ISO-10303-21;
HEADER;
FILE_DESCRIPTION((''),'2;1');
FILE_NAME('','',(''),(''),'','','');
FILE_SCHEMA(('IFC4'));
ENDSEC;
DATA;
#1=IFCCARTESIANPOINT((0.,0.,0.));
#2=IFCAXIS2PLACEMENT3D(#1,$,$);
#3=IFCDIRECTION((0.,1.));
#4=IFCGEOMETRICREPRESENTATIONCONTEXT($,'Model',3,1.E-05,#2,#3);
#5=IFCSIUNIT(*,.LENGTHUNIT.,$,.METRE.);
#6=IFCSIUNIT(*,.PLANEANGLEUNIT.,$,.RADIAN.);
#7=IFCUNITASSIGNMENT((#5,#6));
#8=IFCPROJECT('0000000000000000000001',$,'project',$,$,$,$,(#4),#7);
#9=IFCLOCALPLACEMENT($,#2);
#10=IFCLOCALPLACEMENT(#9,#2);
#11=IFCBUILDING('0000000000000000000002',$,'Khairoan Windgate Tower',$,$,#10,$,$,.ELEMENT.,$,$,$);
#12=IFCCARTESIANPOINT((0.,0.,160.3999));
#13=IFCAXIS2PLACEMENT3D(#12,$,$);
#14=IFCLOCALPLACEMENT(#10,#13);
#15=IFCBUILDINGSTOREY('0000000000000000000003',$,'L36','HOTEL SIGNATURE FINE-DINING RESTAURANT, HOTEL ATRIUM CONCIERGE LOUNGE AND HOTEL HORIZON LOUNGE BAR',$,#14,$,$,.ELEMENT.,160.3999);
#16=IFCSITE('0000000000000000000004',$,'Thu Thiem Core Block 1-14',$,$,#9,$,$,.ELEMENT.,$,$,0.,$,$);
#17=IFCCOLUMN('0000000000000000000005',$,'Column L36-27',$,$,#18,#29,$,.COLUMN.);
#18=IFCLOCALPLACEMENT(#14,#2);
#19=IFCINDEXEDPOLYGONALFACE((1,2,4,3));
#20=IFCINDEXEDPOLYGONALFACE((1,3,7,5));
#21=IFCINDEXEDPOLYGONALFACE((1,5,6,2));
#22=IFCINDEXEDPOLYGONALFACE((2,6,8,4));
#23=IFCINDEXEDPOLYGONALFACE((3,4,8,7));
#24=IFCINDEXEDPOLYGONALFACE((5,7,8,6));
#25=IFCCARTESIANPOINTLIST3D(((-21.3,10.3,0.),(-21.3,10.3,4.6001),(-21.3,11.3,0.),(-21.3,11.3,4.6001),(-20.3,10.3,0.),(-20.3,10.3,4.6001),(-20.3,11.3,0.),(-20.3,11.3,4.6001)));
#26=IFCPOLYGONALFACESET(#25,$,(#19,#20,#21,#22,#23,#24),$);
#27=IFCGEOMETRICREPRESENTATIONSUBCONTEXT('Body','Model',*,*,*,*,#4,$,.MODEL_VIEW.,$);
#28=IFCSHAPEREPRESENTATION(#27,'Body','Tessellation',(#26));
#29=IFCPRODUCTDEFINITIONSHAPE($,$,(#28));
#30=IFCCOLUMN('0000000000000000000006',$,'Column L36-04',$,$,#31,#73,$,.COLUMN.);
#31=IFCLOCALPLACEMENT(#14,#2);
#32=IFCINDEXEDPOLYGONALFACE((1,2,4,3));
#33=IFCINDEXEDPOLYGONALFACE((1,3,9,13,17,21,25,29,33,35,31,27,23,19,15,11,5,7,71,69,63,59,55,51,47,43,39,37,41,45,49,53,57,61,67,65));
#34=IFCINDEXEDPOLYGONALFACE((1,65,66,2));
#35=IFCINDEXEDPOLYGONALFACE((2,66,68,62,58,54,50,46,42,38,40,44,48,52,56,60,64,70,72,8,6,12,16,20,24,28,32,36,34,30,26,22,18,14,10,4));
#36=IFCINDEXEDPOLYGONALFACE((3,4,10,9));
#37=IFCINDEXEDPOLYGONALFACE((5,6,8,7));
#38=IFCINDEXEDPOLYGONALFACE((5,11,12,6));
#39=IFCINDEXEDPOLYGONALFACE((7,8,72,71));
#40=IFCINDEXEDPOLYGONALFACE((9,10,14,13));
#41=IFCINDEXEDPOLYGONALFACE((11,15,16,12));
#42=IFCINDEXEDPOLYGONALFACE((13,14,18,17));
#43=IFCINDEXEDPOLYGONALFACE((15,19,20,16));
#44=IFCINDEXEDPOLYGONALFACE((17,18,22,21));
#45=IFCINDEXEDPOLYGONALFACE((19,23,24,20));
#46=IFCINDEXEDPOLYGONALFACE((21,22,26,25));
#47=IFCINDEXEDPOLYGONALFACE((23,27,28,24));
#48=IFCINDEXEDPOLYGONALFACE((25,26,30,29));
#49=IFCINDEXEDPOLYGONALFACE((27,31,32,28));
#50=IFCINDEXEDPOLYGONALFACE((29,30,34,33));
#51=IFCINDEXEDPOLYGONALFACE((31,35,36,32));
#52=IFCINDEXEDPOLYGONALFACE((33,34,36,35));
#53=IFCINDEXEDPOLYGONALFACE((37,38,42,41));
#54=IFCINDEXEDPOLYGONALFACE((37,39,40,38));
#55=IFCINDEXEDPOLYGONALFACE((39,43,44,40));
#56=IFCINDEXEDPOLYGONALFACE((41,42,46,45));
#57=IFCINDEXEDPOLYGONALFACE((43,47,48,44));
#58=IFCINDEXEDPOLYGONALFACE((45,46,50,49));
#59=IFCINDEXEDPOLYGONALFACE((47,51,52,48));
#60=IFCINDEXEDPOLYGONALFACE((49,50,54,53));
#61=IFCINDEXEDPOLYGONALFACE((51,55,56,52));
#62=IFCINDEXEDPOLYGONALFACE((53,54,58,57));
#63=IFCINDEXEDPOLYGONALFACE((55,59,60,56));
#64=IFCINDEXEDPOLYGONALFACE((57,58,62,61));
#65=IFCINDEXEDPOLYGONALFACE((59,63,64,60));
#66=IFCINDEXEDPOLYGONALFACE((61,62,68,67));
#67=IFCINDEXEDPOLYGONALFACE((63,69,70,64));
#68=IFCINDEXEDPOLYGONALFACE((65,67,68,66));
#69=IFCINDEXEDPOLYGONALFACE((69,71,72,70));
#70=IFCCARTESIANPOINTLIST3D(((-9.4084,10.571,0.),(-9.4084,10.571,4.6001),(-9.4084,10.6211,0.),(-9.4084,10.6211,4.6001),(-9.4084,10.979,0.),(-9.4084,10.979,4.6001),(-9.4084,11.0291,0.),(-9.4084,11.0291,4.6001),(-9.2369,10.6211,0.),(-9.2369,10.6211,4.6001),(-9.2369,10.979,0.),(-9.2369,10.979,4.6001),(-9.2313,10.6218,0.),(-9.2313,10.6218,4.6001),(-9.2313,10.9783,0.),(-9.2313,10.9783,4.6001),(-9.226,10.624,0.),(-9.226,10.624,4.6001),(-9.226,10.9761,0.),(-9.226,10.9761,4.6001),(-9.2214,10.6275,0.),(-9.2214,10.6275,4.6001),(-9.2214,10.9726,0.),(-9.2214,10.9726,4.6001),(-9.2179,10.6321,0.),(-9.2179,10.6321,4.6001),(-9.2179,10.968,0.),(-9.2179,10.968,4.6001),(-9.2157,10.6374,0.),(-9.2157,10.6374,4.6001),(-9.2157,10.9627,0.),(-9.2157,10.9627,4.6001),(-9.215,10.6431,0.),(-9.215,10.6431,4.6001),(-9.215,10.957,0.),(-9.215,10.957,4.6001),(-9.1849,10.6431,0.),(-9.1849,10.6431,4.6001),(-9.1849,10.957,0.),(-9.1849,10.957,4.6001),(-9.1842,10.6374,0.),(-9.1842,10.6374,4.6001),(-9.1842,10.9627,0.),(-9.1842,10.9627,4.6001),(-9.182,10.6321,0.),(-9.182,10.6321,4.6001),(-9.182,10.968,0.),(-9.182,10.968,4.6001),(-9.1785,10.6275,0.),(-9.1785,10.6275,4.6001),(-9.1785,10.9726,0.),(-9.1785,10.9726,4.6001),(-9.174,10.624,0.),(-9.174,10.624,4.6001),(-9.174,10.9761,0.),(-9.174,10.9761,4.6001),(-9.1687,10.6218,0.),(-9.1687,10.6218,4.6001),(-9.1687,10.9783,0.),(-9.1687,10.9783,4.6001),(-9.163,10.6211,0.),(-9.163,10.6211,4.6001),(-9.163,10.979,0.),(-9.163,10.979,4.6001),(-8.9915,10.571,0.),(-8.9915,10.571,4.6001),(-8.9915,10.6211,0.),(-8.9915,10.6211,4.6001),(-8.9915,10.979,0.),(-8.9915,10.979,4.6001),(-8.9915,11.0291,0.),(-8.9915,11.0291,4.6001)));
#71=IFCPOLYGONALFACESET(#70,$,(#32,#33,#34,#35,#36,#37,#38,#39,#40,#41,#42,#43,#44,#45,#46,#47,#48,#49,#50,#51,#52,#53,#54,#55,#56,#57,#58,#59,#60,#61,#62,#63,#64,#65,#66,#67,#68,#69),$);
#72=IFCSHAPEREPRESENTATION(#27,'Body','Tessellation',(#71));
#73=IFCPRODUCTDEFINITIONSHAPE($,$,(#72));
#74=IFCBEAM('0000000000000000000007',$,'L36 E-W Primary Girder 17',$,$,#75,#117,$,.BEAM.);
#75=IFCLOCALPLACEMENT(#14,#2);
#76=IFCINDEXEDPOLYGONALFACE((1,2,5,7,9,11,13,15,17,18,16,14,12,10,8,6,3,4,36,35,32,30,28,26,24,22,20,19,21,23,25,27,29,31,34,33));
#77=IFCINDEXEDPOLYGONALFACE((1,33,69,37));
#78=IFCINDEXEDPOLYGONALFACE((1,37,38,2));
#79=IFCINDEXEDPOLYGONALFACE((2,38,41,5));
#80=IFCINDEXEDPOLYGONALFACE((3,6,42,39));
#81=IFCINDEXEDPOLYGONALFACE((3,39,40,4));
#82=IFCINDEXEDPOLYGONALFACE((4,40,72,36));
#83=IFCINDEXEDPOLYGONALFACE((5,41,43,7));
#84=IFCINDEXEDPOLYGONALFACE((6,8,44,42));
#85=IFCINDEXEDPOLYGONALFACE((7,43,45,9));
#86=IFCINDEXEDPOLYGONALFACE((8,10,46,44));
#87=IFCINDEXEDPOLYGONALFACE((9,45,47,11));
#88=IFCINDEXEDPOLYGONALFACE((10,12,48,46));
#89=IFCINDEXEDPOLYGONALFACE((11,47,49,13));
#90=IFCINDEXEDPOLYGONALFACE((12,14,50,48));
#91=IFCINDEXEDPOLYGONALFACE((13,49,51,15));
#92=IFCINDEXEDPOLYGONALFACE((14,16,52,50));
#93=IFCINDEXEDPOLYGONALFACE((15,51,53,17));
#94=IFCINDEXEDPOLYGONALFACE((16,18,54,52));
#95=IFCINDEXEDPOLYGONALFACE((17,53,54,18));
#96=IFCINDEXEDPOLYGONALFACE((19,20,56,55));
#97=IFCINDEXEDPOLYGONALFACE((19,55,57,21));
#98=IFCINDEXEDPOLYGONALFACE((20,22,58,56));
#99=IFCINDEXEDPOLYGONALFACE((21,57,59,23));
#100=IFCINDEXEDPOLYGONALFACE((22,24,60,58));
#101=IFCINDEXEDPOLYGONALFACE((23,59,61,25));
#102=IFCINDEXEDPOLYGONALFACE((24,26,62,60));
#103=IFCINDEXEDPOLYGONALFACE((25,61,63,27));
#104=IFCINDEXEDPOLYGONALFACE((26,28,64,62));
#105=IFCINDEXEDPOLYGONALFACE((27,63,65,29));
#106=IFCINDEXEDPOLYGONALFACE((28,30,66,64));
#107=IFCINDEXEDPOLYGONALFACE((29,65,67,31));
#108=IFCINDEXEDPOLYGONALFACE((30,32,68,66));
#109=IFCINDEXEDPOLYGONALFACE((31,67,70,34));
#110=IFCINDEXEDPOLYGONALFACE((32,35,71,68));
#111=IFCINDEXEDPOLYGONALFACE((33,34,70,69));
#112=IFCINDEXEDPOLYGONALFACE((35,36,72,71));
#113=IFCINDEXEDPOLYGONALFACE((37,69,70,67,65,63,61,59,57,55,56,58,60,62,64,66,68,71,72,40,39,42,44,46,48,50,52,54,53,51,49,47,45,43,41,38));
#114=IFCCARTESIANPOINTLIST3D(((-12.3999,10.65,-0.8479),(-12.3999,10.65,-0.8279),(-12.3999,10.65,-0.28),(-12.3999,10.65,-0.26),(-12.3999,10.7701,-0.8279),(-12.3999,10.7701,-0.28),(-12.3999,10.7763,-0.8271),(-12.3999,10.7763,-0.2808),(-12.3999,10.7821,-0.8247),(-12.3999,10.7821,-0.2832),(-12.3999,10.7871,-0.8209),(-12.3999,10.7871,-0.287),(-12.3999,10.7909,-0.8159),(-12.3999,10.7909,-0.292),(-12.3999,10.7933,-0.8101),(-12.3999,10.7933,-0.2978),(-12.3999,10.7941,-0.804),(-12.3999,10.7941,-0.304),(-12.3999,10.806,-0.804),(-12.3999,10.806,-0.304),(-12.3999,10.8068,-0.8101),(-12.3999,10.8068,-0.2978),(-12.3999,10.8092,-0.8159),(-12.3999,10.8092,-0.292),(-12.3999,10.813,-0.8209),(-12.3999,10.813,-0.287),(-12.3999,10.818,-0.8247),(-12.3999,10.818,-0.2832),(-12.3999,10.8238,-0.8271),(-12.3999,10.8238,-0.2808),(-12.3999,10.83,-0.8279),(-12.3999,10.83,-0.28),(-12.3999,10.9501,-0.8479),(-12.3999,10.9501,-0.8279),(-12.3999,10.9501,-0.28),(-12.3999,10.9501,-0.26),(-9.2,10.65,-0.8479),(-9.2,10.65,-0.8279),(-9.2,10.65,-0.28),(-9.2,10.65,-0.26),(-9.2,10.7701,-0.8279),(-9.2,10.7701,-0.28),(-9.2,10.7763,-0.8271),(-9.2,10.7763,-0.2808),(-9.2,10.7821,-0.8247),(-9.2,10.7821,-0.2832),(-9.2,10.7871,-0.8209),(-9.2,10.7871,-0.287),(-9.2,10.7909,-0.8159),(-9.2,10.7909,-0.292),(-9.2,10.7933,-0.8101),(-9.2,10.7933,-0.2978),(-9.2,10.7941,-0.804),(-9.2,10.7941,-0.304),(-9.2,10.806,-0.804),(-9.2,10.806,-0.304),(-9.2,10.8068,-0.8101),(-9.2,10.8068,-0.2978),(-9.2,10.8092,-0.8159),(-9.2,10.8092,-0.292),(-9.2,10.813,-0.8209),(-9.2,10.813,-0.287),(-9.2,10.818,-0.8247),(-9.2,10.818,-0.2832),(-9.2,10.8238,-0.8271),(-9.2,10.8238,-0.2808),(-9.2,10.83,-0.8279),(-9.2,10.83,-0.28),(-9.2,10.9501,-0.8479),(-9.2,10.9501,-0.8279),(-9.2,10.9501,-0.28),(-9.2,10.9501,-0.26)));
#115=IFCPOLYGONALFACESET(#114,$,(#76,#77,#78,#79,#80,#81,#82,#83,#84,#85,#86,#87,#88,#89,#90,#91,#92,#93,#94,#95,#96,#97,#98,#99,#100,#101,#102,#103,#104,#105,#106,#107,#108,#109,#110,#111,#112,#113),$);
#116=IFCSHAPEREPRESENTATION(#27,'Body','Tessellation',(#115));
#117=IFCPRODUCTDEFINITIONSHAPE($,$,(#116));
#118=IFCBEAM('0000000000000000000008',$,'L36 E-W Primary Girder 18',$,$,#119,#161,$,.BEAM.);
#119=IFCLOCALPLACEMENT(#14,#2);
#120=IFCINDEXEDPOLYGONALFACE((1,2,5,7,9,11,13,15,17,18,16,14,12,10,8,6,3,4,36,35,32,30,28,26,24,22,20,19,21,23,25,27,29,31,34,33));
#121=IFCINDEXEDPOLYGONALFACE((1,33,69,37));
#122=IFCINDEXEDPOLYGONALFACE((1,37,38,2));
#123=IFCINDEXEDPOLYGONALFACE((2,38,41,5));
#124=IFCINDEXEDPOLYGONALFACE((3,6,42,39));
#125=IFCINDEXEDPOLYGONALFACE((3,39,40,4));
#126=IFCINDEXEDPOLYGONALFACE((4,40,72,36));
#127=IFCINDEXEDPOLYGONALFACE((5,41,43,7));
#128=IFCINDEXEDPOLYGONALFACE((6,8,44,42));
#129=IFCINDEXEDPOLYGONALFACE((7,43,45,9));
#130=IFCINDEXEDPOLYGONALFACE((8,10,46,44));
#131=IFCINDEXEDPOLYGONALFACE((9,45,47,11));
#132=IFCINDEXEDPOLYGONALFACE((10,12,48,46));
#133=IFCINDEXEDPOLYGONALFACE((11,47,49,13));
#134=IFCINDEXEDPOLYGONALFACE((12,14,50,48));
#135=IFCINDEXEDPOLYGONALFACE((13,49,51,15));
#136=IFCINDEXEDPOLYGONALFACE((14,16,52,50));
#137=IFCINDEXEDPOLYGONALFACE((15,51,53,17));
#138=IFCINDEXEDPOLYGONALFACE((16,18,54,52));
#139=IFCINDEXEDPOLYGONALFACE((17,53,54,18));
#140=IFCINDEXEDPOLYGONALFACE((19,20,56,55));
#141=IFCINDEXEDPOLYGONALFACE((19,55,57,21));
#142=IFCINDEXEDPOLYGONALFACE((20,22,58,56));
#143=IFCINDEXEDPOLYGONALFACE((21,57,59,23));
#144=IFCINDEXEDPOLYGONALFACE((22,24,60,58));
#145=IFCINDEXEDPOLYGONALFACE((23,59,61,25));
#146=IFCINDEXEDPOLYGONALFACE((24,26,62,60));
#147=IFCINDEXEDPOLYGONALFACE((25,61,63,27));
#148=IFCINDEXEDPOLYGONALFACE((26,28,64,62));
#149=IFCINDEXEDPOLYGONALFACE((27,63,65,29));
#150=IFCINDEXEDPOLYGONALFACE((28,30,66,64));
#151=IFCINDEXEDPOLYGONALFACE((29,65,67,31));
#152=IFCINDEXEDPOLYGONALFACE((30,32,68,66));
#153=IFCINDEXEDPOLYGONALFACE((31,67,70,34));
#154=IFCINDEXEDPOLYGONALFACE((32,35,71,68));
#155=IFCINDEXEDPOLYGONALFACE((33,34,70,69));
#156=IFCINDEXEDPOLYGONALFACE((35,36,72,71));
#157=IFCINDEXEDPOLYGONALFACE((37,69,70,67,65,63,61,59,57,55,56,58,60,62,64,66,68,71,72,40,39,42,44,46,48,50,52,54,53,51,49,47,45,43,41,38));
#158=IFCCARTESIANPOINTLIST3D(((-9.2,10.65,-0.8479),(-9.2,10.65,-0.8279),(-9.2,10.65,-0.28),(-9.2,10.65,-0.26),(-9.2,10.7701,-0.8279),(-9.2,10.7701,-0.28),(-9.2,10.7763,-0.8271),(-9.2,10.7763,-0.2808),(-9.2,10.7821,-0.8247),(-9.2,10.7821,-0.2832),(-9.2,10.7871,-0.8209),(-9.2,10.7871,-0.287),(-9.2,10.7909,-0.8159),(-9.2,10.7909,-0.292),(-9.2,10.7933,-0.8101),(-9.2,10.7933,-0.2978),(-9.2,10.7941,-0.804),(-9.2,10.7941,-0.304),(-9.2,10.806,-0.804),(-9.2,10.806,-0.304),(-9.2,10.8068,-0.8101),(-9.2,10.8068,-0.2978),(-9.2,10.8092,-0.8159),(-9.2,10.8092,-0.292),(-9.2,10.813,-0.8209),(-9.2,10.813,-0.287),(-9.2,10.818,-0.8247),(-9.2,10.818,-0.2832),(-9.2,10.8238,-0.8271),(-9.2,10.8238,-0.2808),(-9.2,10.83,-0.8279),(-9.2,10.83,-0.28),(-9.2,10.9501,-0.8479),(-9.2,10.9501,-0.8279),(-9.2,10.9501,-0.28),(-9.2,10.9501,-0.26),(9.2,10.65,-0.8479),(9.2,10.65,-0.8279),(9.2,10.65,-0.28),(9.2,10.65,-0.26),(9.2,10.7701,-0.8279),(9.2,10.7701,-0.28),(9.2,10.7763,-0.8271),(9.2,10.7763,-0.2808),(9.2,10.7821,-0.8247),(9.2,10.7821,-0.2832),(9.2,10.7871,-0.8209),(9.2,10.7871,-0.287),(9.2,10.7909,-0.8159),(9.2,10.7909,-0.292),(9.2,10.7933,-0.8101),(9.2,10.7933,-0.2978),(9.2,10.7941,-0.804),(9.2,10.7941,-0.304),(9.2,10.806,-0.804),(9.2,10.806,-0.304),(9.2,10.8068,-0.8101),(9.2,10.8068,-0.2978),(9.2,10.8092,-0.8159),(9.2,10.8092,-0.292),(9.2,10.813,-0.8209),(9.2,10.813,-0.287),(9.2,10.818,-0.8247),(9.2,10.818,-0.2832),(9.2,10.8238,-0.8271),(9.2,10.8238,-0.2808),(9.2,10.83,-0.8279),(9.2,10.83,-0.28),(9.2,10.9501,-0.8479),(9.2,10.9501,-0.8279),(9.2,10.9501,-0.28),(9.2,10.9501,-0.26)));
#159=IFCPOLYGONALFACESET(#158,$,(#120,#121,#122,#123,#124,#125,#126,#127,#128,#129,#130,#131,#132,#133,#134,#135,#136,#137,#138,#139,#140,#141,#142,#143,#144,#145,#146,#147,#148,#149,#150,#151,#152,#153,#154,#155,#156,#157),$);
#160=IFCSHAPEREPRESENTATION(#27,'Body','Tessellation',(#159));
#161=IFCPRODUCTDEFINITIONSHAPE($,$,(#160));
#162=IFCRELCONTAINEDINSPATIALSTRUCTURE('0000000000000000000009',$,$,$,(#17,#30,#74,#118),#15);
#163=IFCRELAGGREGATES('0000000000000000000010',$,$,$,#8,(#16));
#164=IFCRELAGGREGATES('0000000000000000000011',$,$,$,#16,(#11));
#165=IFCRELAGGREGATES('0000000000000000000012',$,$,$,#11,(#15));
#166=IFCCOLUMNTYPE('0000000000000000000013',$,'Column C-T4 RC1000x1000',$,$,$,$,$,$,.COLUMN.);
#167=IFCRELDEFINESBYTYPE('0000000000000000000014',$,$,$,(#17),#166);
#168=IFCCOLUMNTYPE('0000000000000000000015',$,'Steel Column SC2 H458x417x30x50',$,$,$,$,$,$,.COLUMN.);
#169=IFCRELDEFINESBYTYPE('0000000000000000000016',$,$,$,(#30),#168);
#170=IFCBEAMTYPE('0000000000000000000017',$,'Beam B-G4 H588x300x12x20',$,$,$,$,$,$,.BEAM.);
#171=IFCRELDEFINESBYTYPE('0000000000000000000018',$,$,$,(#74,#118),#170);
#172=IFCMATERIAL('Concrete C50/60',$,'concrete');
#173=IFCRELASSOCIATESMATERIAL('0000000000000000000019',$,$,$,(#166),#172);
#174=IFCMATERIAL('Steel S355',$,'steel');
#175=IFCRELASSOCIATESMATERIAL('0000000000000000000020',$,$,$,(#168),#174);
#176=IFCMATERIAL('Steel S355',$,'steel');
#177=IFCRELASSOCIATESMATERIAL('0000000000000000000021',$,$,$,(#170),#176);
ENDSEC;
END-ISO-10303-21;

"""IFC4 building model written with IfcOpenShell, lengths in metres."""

from ifc_helpers import new_model, si_unit, direction, frame, origin, origin_2d, place, context, subcontext, project, spatial, rectangle, i_section, extrude, material, material_profile, profile_set, type_object, element, save


model = new_model("IFC4")

# Units and contexts
model_context = context("Model", 3, precision=1e-05, world=origin(), true_north=direction((0.0, 1.0)))
body_context = subcontext(model_context, "Body", "Model", "MODEL_VIEW")
ifc_project = project(units=[si_unit("LENGTHUNIT", "METRE"), si_unit("PLANEANGLEUNIT", "RADIAN")], contexts=[model_context])

# Site, building, storey
site_placement = place(None, origin())
site = spatial("IfcSite", under=ifc_project, at=site_placement, Name="Thu Thiem Core Block 1-14", CompositionType="ELEMENT", RefElevation=0.0)
building_placement = place(site_placement, origin())
building = spatial("IfcBuilding", under=site, at=building_placement, Name="Khairoan Windgate Tower", CompositionType="ELEMENT")
storey_placement = place(building_placement, frame((0.0, 0.0, 160.3999)))
storey = spatial("IfcBuildingStorey", under=building, at=storey_placement, Name="L36", Description="HOTEL SIGNATURE FINE-DINING RESTAURANT, HOTEL ATRIUM CONCIERGE LOUNGE AND HOTEL HORIZON LOUNGE BAR", CompositionType="ELEMENT", Elevation=160.3999)

# Columns
ifc_material_1 = material(Name="Concrete C50/60", Category="concrete")
ifc_material_profile_1 = material_profile(ifc_material_1, rectangle(XDim=1.0, YDim=1.0, at=origin_2d()))
ifc_profile_set_1 = profile_set([ifc_material_profile_1], Name="Concrete C50/60")
column_type_1 = type_object("IfcColumnType", Name="Column C-T4 RC1000x1000", PredefinedType="COLUMN", material=ifc_profile_set_1)
column_1_placement = place(storey_placement, frame((-20.8, 10.8, 0.0), z_axis=(0.0, 0.0, 1.0), x_axis=(1.0, 0.0, 0.0)))
element("IfcColumn", 1, at=column_1_placement, inside=storey, type_object=column_type_1, Name="Column L36-27", PredefinedType="COLUMN", context=body_context, shape_type="SweptSolid", body=[
    extrude(rectangle(XDim=1.0, YDim=1.0, at=origin_2d()), origin(), (0.0, 0.0, 1.0), 4.6001),
])
ifc_material_2 = material(Name="Steel S355", Category="steel")
ifc_material_profile_2 = material_profile(ifc_material_2, i_section(OverallWidth=0.417, OverallDepth=0.458, WebThickness=0.03, FlangeThickness=0.05, FilletRadius=0.022, at=origin_2d()))
ifc_profile_set_2 = profile_set([ifc_material_profile_2], Name="Steel S355")
column_type_2 = type_object("IfcColumnType", Name="Steel Column SC2 H458x417x30x50", PredefinedType="COLUMN", material=ifc_profile_set_2)
column_2_placement = place(storey_placement, frame((-9.2, 10.8, 0.0), z_axis=(0.0, 0.0, 1.0), x_axis=(1.0, 0.0, 0.0)))
element("IfcColumn", 2, at=column_2_placement, inside=storey, type_object=column_type_2, Name="Column L36-04", PredefinedType="COLUMN", context=body_context, shape_type="SweptSolid", body=[
    extrude(i_section(OverallWidth=0.417, OverallDepth=0.458, WebThickness=0.03, FlangeThickness=0.05, FilletRadius=0.022, at=origin_2d()), origin(), (0.0, 0.0, 1.0), 4.6001),
])

# Beams
ifc_material_3 = material(Name="Steel S355", Category="steel")
ifc_material_profile_3 = material_profile(ifc_material_3, i_section(OverallWidth=0.3, OverallDepth=0.5879, WebThickness=0.012, FlangeThickness=0.02, FilletRadius=0.0239, at=origin_2d()))
ifc_profile_set_3 = profile_set([ifc_material_profile_3], Name="Steel S355")
beam_type_1 = type_object("IfcBeamType", Name="Beam B-G4 H588x300x12x20", PredefinedType="BEAM", material=ifc_profile_set_3)
beam_1_placement = place(storey_placement, frame((-12.3999, 10.8, -0.554), z_axis=(1.0, 0.0, 0.0), x_axis=(0.0, 1.0, 0.0)))
element("IfcBeam", 3, at=beam_1_placement, inside=storey, type_object=beam_type_1, Name="L36 E-W Primary Girder 17", PredefinedType="BEAM", context=body_context, shape_type="SweptSolid", body=[
    extrude(i_section(OverallWidth=0.3, OverallDepth=0.5879, WebThickness=0.012, FlangeThickness=0.02, FilletRadius=0.0239, at=origin_2d()), origin(), (0.0, 0.0, 1.0), 3.2),
])
beam_2_placement = place(storey_placement, frame((-9.2, 10.8, -0.554), z_axis=(1.0, 0.0, 0.0), x_axis=(0.0, 1.0, 0.0)))
element("IfcBeam", 4, at=beam_2_placement, inside=storey, type_object=beam_type_1, Name="L36 E-W Primary Girder 18", PredefinedType="BEAM", context=body_context, shape_type="SweptSolid", body=[
    extrude(i_section(OverallWidth=0.3, OverallDepth=0.5879, WebThickness=0.012, FlangeThickness=0.02, FilletRadius=0.0239, at=origin_2d()), origin(), (0.0, 0.0, 1.0), 18.3999),
])

save(model, "model.ifc")
